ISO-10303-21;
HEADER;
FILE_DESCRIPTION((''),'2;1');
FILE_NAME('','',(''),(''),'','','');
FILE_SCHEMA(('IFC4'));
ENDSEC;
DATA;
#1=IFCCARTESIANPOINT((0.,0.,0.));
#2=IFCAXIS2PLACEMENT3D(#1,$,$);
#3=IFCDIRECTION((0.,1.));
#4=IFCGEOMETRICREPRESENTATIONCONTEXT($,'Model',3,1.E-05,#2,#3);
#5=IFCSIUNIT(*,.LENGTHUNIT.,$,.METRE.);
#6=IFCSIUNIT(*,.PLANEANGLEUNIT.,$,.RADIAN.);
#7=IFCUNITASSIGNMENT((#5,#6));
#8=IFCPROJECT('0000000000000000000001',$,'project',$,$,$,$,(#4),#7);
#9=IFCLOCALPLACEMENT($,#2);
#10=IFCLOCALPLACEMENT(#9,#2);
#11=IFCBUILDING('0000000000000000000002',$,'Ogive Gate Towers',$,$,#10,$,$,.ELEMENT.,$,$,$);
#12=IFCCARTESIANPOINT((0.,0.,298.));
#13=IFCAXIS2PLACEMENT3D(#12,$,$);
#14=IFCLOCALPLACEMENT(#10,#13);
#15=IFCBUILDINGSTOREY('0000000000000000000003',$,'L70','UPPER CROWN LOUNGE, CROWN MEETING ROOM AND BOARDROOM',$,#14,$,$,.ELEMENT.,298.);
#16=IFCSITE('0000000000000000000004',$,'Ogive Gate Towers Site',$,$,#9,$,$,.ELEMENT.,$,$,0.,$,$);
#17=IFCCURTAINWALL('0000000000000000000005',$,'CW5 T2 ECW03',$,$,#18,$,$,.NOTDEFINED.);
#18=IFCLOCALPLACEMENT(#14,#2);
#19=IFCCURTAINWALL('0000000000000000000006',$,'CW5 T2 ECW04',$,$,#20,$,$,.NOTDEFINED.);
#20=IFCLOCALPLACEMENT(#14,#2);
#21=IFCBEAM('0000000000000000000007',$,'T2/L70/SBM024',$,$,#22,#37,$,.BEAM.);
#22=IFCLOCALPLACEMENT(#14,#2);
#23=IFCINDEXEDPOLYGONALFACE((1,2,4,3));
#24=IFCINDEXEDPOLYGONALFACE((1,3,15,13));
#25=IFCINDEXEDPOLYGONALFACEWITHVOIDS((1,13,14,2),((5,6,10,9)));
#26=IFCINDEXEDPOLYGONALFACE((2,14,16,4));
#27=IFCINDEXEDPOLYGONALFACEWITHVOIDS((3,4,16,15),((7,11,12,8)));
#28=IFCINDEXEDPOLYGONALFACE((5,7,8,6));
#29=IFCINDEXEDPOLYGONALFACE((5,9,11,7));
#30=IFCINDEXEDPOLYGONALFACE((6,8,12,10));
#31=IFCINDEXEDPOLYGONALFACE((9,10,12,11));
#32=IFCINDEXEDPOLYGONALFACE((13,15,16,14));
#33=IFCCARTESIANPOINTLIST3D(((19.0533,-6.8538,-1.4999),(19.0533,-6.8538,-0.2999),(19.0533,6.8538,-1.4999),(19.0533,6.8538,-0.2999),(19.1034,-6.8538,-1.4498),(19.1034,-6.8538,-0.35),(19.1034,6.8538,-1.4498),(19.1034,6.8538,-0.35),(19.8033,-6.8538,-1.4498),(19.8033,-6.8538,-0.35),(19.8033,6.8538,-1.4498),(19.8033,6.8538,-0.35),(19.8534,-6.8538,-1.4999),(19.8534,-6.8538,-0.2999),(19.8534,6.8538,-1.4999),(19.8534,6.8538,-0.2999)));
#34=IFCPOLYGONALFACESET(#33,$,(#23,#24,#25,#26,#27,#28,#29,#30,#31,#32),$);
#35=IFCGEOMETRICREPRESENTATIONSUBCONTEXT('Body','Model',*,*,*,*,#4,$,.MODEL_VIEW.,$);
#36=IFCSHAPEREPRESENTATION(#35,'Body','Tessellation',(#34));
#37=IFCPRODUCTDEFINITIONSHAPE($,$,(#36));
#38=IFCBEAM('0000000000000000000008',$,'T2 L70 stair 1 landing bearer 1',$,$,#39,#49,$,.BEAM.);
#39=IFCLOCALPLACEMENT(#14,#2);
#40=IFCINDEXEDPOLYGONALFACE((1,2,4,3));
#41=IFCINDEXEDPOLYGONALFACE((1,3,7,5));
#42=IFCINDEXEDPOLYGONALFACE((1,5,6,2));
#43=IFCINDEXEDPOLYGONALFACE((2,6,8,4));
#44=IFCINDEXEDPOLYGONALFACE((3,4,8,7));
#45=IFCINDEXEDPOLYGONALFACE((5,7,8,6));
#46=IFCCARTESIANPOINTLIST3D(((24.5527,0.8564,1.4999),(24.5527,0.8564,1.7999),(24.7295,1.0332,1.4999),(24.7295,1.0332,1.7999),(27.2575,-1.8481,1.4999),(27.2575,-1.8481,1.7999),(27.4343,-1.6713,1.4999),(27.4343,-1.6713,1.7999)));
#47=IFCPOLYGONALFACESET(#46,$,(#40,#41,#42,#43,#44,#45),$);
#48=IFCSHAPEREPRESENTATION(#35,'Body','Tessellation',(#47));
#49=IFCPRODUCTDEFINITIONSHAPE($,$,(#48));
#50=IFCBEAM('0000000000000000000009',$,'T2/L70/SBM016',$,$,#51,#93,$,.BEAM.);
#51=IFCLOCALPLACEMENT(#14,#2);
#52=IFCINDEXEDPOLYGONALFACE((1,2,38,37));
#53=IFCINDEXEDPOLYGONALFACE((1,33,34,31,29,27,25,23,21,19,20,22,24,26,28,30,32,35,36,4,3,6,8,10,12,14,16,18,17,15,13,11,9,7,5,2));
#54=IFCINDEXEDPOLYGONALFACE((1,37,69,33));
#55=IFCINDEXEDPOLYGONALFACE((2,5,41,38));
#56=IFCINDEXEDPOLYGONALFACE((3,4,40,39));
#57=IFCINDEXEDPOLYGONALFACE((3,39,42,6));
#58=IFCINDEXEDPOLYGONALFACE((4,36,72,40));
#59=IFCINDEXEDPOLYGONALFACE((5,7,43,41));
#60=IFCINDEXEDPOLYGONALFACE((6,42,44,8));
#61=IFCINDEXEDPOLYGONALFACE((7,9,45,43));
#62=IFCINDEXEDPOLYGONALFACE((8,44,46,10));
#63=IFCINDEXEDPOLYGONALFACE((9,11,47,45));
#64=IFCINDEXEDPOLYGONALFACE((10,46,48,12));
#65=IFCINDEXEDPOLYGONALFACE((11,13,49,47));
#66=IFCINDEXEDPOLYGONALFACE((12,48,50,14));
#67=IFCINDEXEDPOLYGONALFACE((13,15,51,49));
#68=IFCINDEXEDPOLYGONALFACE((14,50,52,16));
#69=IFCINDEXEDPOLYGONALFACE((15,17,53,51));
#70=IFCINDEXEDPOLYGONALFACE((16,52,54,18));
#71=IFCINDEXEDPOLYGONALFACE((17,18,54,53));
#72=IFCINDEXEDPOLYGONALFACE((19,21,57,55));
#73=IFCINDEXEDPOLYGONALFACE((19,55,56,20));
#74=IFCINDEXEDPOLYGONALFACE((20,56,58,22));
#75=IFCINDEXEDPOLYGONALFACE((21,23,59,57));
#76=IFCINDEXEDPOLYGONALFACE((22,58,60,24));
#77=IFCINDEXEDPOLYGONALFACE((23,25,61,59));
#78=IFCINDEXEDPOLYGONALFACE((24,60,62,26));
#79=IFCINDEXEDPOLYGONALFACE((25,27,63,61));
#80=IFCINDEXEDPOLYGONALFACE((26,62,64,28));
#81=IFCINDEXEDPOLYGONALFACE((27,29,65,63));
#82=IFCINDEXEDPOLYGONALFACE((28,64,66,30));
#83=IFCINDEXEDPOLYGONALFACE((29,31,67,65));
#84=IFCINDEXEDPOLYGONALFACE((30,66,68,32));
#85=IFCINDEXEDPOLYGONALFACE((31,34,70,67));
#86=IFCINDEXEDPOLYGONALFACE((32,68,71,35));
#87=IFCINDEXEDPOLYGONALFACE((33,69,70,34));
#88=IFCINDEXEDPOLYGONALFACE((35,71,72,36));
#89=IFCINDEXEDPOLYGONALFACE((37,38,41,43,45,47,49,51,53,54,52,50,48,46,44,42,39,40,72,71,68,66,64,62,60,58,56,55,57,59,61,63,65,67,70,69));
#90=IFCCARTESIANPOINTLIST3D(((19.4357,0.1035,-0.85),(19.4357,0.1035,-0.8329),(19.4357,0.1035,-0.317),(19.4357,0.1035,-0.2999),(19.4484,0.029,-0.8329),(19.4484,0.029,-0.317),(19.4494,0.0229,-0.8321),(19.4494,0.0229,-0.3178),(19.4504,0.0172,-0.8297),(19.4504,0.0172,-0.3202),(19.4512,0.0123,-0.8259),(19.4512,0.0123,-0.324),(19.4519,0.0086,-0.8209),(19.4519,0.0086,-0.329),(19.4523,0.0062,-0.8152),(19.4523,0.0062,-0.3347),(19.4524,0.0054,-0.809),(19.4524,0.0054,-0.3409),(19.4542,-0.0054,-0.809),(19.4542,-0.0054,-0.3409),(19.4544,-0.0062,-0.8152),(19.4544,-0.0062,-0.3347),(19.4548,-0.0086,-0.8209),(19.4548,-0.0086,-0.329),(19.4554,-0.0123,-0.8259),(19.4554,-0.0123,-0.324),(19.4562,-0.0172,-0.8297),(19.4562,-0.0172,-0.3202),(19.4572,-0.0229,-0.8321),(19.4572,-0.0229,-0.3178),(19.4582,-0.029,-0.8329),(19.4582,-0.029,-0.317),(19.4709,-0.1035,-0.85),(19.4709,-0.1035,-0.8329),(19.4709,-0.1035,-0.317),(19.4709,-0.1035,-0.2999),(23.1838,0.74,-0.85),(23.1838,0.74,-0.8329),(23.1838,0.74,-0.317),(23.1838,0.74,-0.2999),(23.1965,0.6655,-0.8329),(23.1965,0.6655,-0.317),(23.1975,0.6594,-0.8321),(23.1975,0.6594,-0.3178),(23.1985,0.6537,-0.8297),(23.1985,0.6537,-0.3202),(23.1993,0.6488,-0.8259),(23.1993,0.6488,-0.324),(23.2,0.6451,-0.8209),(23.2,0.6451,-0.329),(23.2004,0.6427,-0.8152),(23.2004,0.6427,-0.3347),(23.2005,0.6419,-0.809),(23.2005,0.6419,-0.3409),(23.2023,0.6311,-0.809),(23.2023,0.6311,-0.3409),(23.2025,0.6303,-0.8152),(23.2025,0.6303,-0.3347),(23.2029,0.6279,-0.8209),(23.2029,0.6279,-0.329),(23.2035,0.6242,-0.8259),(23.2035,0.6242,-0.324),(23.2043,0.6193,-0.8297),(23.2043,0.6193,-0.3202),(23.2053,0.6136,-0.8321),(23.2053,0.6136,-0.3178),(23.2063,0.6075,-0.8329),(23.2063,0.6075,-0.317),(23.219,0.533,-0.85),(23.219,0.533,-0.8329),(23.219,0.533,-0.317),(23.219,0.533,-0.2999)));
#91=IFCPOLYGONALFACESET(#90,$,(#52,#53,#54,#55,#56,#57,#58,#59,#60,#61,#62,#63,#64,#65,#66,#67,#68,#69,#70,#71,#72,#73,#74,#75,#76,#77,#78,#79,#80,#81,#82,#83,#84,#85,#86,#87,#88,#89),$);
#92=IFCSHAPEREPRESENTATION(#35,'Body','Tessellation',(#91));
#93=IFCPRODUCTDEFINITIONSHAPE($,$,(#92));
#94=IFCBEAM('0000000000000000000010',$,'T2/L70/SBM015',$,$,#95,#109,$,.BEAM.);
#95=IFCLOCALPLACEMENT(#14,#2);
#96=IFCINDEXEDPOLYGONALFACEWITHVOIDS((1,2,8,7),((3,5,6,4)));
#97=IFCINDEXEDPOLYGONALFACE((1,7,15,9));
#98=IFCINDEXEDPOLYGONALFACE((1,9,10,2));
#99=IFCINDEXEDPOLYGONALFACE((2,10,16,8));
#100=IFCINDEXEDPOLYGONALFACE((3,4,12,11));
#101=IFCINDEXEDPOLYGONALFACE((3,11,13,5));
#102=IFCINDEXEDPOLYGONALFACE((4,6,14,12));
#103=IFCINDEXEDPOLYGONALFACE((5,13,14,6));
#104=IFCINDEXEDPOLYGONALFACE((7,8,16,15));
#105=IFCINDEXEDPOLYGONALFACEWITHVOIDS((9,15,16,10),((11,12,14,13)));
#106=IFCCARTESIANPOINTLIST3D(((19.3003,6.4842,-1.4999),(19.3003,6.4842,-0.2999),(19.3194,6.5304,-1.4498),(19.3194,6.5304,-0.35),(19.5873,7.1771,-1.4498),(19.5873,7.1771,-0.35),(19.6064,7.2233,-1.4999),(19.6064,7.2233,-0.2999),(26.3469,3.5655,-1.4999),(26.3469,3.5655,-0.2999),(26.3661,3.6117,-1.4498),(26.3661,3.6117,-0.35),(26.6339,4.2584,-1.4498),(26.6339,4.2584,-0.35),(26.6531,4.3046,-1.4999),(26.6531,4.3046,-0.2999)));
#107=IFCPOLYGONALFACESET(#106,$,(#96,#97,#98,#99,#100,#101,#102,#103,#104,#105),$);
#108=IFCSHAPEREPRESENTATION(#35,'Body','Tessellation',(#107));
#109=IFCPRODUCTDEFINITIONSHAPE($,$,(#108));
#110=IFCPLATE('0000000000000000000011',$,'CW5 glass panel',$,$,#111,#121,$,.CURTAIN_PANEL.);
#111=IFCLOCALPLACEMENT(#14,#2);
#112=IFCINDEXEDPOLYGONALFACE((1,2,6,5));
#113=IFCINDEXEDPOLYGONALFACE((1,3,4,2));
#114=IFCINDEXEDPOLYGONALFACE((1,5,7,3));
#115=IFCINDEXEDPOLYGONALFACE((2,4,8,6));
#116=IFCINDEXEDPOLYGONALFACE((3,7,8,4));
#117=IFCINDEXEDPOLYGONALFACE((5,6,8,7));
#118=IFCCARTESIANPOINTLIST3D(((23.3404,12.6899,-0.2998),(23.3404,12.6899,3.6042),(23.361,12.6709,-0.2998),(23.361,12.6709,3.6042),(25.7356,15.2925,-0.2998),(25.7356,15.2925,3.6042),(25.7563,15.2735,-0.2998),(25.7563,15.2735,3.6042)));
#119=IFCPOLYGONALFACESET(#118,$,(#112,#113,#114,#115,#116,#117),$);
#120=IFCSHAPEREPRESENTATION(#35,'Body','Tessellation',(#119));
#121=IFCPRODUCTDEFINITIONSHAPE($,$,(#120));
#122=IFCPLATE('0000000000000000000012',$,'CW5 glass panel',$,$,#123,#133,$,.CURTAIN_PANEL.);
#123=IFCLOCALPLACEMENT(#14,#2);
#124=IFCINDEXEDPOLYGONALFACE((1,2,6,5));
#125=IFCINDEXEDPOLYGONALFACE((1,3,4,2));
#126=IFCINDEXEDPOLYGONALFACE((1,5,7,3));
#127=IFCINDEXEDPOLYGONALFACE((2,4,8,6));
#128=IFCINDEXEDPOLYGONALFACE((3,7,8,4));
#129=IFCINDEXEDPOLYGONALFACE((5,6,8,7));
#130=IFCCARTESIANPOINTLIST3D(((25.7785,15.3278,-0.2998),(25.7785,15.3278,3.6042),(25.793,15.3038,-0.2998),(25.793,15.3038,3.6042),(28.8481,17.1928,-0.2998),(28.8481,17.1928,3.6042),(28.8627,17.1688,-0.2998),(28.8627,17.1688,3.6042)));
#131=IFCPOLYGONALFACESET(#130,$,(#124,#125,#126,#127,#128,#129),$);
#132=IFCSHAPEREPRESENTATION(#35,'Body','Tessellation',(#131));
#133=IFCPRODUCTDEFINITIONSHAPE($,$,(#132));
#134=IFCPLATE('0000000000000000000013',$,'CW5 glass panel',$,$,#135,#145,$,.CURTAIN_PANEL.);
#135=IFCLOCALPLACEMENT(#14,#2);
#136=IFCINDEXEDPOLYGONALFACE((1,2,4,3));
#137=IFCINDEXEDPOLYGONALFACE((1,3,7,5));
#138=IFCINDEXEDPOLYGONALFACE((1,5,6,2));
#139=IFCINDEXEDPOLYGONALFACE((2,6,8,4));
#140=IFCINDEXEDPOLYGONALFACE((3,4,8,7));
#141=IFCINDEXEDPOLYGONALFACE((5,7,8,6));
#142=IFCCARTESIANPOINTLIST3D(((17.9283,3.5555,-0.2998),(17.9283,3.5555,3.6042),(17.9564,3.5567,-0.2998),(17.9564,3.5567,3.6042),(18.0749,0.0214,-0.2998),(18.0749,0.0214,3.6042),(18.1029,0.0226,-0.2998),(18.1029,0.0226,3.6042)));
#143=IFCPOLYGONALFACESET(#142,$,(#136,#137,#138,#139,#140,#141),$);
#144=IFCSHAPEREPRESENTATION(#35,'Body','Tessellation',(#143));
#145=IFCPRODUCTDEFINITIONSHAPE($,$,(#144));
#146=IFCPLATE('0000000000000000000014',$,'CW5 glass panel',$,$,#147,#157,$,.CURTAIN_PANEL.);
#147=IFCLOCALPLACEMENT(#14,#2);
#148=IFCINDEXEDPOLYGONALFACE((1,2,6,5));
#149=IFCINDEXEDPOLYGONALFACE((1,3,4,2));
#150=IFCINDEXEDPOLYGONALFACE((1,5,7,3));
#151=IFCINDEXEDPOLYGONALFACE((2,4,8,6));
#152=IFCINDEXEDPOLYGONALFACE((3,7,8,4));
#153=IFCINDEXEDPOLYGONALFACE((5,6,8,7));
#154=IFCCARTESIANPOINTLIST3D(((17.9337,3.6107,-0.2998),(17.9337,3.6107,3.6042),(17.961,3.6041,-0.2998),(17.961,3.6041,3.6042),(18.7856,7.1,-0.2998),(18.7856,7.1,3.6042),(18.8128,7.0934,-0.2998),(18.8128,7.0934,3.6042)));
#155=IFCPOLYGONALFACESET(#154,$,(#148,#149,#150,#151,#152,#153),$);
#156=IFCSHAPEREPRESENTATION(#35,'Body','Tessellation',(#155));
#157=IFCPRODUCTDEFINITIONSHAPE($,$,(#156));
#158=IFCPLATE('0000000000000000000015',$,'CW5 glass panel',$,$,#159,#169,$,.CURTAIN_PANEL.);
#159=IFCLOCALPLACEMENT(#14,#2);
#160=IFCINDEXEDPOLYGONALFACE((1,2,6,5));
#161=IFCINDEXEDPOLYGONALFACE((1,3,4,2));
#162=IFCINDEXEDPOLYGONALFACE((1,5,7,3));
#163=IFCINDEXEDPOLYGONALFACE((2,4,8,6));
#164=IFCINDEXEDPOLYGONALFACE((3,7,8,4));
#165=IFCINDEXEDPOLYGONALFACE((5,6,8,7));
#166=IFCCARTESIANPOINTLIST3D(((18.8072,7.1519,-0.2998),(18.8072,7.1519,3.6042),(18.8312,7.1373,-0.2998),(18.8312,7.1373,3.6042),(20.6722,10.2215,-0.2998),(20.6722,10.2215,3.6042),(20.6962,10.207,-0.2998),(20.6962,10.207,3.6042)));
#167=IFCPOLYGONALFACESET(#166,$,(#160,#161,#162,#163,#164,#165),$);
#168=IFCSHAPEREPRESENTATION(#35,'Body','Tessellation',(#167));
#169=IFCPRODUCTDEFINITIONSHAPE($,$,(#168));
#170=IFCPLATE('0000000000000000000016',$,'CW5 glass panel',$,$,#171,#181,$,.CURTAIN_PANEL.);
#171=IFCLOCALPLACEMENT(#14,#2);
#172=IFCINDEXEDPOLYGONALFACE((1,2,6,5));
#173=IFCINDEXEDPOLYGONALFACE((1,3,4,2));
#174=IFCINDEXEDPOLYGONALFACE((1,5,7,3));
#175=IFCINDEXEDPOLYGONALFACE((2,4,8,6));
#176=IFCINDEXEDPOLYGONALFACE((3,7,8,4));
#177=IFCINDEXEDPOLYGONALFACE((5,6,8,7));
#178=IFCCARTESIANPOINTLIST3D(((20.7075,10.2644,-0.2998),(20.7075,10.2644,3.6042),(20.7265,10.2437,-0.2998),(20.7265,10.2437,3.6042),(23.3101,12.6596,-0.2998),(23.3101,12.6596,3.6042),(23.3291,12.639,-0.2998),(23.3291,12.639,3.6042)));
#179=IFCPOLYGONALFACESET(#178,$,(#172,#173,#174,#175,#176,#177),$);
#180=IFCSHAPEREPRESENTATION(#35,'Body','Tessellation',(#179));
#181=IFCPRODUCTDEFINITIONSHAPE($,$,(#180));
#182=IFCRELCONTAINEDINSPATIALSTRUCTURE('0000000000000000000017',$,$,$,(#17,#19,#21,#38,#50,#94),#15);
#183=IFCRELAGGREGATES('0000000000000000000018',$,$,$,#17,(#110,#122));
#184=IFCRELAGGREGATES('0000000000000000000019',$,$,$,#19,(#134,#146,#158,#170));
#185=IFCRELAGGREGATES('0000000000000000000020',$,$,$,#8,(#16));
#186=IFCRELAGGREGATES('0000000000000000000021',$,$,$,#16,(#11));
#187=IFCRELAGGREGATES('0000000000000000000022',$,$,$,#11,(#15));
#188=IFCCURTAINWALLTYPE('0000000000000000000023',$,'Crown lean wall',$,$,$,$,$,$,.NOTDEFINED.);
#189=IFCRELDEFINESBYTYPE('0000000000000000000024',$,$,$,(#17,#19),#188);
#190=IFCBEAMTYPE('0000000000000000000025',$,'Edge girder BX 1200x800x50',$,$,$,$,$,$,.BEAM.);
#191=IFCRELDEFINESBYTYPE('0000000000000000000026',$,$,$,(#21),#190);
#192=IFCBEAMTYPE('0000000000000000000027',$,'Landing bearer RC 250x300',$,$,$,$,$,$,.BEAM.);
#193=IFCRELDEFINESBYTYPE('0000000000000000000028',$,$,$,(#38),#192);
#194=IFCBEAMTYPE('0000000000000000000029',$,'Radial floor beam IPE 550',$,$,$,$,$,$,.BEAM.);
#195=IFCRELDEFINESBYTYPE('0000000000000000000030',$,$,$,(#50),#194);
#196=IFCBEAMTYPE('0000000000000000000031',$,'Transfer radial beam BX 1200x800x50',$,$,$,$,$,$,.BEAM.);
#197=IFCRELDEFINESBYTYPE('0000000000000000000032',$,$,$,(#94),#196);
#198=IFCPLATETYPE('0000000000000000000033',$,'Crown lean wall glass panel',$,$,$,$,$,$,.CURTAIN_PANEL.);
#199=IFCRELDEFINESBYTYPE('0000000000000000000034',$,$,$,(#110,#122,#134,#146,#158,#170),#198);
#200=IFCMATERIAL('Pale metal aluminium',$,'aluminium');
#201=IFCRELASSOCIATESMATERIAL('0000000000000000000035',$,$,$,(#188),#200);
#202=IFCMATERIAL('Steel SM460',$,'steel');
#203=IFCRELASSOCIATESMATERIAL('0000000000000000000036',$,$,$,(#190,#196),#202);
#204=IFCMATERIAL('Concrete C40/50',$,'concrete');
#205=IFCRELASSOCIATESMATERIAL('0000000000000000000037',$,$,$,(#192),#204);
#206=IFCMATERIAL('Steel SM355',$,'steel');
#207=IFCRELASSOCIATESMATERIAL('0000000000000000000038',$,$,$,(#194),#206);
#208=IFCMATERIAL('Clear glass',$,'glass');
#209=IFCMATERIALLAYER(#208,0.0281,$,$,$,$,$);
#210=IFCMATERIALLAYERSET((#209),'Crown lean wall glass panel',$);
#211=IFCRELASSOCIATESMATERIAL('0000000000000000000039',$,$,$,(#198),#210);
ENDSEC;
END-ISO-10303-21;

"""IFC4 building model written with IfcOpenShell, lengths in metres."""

from ifc_helpers import new_model, si_unit, direction, frame, origin, origin_2d, place, context, subcontext, project, spatial, rectangle, hollow_rectangle, i_section, extrude, material, layer, layer_set, material_profile, profile_set, type_object, element, aggregate, save


model = new_model("IFC4")

# Units and contexts
model_context = context("Model", 3, precision=1e-05, world=origin(), true_north=direction((0.0, 1.0)))
body_context = subcontext(model_context, "Body", "Model", "MODEL_VIEW")
ifc_project = project(units=[si_unit("LENGTHUNIT", "METRE"), si_unit("PLANEANGLEUNIT", "RADIAN")], contexts=[model_context])

# Site, building, storey
site_placement = place(None, origin())
site = spatial("IfcSite", under=ifc_project, at=site_placement, Name="Ogive Gate Towers Site", CompositionType="ELEMENT", RefElevation=0.0)
building_placement = place(site_placement, origin())
building = spatial("IfcBuilding", under=site, at=building_placement, Name="Ogive Gate Towers", CompositionType="ELEMENT")
storey_placement = place(building_placement, frame((0.0, 0.0, 298.0)))
storey = spatial("IfcBuildingStorey", under=building, at=storey_placement, Name="L70", Description="UPPER CROWN LOUNGE, CROWN MEETING ROOM AND BOARDROOM", CompositionType="ELEMENT", Elevation=298.0)

# Shared definitions
ifc_material_1 = material(Name="Steel SM460", Category="steel")

# Curtain walls
ifc_material_2 = material(Name="Pale metal aluminium", Category="aluminium")
curtain_wall_type = type_object("IfcCurtainWallType", Name="Crown lean wall", PredefinedType="NOTDEFINED", material=ifc_material_2)
curtain_wall_1_placement = place(storey_placement, origin())
curtain_wall_1 = element("IfcCurtainWall", 1, at=curtain_wall_1_placement, inside=storey, type_object=curtain_wall_type, Name="CW5 T2 ECW03", PredefinedType="NOTDEFINED")
curtain_wall_2_placement = place(storey_placement, origin())
curtain_wall_2 = element("IfcCurtainWall", 2, at=curtain_wall_2_placement, inside=storey, type_object=curtain_wall_type, Name="CW5 T2 ECW04", PredefinedType="NOTDEFINED")

# Beams
ifc_material_profile_1 = material_profile(ifc_material_1, hollow_rectangle(XDim=0.8, YDim=1.2, WallThickness=0.05, at=origin_2d()), Name="BX 1200x800x50")
ifc_profile_set_1 = profile_set([ifc_material_profile_1], Name="Steel SM460")
beam_type_1 = type_object("IfcBeamType", Name="Edge girder BX 1200x800x50", PredefinedType="BEAM", material=ifc_profile_set_1)
beam_1_placement = place(storey_placement, frame((19.4534, 6.8538, -0.8999), z_axis=(0.0, -1.0, 0.0), x_axis=(1.0, 0.0, 0.0)))
element("IfcBeam", 3, at=beam_1_placement, inside=storey, type_object=beam_type_1, Name="T2/L70/SBM024", PredefinedType="BEAM", context=body_context, shape_type="SweptSolid", body=[
    extrude(hollow_rectangle(XDim=0.8, YDim=1.2, WallThickness=0.05, at=origin_2d()), origin(), (0.0, 0.0, 1.0), 13.7075),
])
ifc_material_3 = material(Name="Concrete C40/50", Category="concrete")
ifc_material_profile_2 = material_profile(ifc_material_3, rectangle(XDim=0.25, YDim=0.3, at=origin_2d()), Name="RC 250x300")
ifc_profile_set_2 = profile_set([ifc_material_profile_2], Name="Concrete C40/50")
beam_type_2 = type_object("IfcBeamType", Name="Landing bearer RC 250x300", PredefinedType="BEAM", material=ifc_profile_set_2)
beam_2_placement = place(storey_placement, frame((24.6411, 0.9448, 1.6499), z_axis=(0.707139, -0.707075, 0.0), x_axis=(0.707075, 0.707139, 0.0)))
element("IfcBeam", 4, at=beam_2_placement, inside=storey, type_object=beam_type_2, Name="T2 L70 stair 1 landing bearer 1", PredefinedType="BEAM", context=body_context, shape_type="SweptSolid", body=[
    extrude(rectangle(XDim=0.25, YDim=0.3, at=origin_2d()), origin(), (0.0, 0.0, 1.0), 3.825),
])
ifc_material_4 = material(Name="Steel SM355", Category="steel")
ifc_material_profile_3 = material_profile(ifc_material_4, i_section(OverallWidth=0.21, OverallDepth=0.55, WebThickness=0.011, FlangeThickness=0.0171, FilletRadius=0.0239, at=origin_2d()), Name="IPE 550")
ifc_profile_set_3 = profile_set([ifc_material_profile_3], Name="Steel SM355")
beam_type_3 = type_object("IfcBeamType", Name="Radial floor beam IPE 550", PredefinedType="BEAM", material=ifc_profile_set_3)
beam_3_placement = place(storey_placement, frame((23.2014, 0.6365, -0.575), z_axis=(-0.985886, -0.167418, 0.0), x_axis=(0.167418, -0.985886, 0.0)))
element("IfcBeam", 5, at=beam_3_placement, inside=storey, type_object=beam_type_3, Name="T2/L70/SBM016", PredefinedType="BEAM", context=body_context, shape_type="SweptSolid", body=[
    extrude(i_section(OverallWidth=0.21, OverallDepth=0.55, WebThickness=0.011, FlangeThickness=0.0171, FilletRadius=0.0239, at=origin_2d()), origin(), (0.0, 0.0, 1.0), 3.8018),
])
ifc_material_profile_4 = material_profile(ifc_material_1, hollow_rectangle(XDim=0.8, YDim=1.2, WallThickness=0.05, at=origin_2d()), Name="BX 1200x800x50")
ifc_profile_set_4 = profile_set([ifc_material_profile_4], Name="Steel SM460")
beam_type_4 = type_object("IfcBeamType", Name="Transfer radial beam BX 1200x800x50", PredefinedType="BEAM", material=ifc_profile_set_4)
beam_4_placement = place(storey_placement, frame((26.5, 3.9351, -0.8999), z_axis=(-0.923885, 0.382671, 0.0), x_axis=(-0.382671, -0.923885, 0.0)))
element("IfcBeam", 6, at=beam_4_placement, inside=storey, type_object=beam_type_4, Name="T2/L70/SBM015", PredefinedType="BEAM", context=body_context, shape_type="SweptSolid", body=[
    extrude(hollow_rectangle(XDim=0.8, YDim=1.2, WallThickness=0.05, at=origin_2d()), origin(), (0.0, 0.0, 1.0), 7.6272),
])

# Plates
ifc_material_5 = material(Name="Clear glass", Category="glass")
ifc_layer_1 = layer(ifc_material_5, 0.0281)
ifc_layer_set_1 = layer_set([ifc_layer_1], Name="Crown lean wall glass panel")
plate_type = type_object("IfcPlateType", Name="Crown lean wall glass panel", PredefinedType="CURTAIN_PANEL", material=ifc_layer_set_1)
plate_1_placement = place(storey_placement, frame((24.5483, 13.9817, -0.2998), z_axis=(0.0, 0.0, 1.0), x_axis=(0.677184, 0.735813, 0.0)))
plate_1 = element("IfcPlate", 7, at=plate_1_placement, type_object=plate_type, Name="CW5 glass panel", PredefinedType="CURTAIN_PANEL", context=body_context, shape_type="SweptSolid", body=[
    extrude(rectangle(XDim=3.5371, YDim=0.0281, at=origin_2d()), origin(), (0.0, 0.0, 1.0), 3.9041),
])
plate_2_placement = place(storey_placement, frame((27.3206, 16.2483, -0.2998), z_axis=(0.0, 0.0, 1.0), x_axis=(0.854622, 0.519251, 0.0)))
plate_2 = element("IfcPlate", 8, at=plate_2_placement, type_object=plate_type, Name="CW5 glass panel", PredefinedType="CURTAIN_PANEL", context=body_context, shape_type="SweptSolid", body=[
    extrude(rectangle(XDim=3.5918, YDim=0.0281, at=origin_2d()), origin(), (0.0, 0.0, 1.0), 3.9041),
])
aggregate(curtain_wall_1, [plate_1, plate_2])
plate_3_placement = place(storey_placement, frame((18.0156, 1.7891, -0.2998), z_axis=(0.0, 0.0, 1.0), x_axis=(-0.04144, 0.999141, 0.0)))
plate_3 = element("IfcPlate", 9, at=plate_3_placement, type_object=plate_type, Name="CW5 glass panel", PredefinedType="CURTAIN_PANEL", context=body_context, shape_type="SweptSolid", body=[
    extrude(rectangle(XDim=3.5371, YDim=0.0281, at=origin_2d()), origin(), (0.0, 0.0, 1.0), 3.9041),
])
plate_4_placement = place(storey_placement, frame((18.3733, 5.3521, -0.2998), z_axis=(0.0, 0.0, 1.0), x_axis=(0.23716, 0.971471, 0.0)))
plate_4 = element("IfcPlate", 10, at=plate_4_placement, type_object=plate_type, Name="CW5 glass panel", PredefinedType="CURTAIN_PANEL", context=body_context, shape_type="SweptSolid", body=[
    extrude(rectangle(XDim=3.5918, YDim=0.0281, at=origin_2d()), origin(), (0.0, 0.0, 1.0), 3.9041),
])
plate_5_placement = place(storey_placement, frame((19.7517, 8.6794, -0.2998), z_axis=(0.0, 0.0, 1.0), x_axis=(0.519251, 0.854622, 0.0)))
plate_5 = element("IfcPlate", 11, at=plate_5_placement, type_object=plate_type, Name="CW5 glass panel", PredefinedType="CURTAIN_PANEL", context=body_context, shape_type="SweptSolid", body=[
    extrude(rectangle(XDim=3.5918, YDim=0.0281, at=origin_2d()), origin(), (0.0, 0.0, 1.0), 3.9041),
])
plate_6_placement = place(storey_placement, frame((22.0183, 11.4517, -0.2998), z_axis=(0.0, 0.0, 1.0), x_axis=(0.735813, 0.677184, 0.0)))
plate_6 = element("IfcPlate", 12, at=plate_6_placement, type_object=plate_type, Name="CW5 glass panel", PredefinedType="CURTAIN_PANEL", context=body_context, shape_type="SweptSolid", body=[
    extrude(rectangle(XDim=3.5371, YDim=0.0281, at=origin_2d()), origin(), (0.0, 0.0, 1.0), 3.9041),
])
aggregate(curtain_wall_2, [plate_3, plate_4, plate_5, plate_6])

save(model, "model.ifc")
